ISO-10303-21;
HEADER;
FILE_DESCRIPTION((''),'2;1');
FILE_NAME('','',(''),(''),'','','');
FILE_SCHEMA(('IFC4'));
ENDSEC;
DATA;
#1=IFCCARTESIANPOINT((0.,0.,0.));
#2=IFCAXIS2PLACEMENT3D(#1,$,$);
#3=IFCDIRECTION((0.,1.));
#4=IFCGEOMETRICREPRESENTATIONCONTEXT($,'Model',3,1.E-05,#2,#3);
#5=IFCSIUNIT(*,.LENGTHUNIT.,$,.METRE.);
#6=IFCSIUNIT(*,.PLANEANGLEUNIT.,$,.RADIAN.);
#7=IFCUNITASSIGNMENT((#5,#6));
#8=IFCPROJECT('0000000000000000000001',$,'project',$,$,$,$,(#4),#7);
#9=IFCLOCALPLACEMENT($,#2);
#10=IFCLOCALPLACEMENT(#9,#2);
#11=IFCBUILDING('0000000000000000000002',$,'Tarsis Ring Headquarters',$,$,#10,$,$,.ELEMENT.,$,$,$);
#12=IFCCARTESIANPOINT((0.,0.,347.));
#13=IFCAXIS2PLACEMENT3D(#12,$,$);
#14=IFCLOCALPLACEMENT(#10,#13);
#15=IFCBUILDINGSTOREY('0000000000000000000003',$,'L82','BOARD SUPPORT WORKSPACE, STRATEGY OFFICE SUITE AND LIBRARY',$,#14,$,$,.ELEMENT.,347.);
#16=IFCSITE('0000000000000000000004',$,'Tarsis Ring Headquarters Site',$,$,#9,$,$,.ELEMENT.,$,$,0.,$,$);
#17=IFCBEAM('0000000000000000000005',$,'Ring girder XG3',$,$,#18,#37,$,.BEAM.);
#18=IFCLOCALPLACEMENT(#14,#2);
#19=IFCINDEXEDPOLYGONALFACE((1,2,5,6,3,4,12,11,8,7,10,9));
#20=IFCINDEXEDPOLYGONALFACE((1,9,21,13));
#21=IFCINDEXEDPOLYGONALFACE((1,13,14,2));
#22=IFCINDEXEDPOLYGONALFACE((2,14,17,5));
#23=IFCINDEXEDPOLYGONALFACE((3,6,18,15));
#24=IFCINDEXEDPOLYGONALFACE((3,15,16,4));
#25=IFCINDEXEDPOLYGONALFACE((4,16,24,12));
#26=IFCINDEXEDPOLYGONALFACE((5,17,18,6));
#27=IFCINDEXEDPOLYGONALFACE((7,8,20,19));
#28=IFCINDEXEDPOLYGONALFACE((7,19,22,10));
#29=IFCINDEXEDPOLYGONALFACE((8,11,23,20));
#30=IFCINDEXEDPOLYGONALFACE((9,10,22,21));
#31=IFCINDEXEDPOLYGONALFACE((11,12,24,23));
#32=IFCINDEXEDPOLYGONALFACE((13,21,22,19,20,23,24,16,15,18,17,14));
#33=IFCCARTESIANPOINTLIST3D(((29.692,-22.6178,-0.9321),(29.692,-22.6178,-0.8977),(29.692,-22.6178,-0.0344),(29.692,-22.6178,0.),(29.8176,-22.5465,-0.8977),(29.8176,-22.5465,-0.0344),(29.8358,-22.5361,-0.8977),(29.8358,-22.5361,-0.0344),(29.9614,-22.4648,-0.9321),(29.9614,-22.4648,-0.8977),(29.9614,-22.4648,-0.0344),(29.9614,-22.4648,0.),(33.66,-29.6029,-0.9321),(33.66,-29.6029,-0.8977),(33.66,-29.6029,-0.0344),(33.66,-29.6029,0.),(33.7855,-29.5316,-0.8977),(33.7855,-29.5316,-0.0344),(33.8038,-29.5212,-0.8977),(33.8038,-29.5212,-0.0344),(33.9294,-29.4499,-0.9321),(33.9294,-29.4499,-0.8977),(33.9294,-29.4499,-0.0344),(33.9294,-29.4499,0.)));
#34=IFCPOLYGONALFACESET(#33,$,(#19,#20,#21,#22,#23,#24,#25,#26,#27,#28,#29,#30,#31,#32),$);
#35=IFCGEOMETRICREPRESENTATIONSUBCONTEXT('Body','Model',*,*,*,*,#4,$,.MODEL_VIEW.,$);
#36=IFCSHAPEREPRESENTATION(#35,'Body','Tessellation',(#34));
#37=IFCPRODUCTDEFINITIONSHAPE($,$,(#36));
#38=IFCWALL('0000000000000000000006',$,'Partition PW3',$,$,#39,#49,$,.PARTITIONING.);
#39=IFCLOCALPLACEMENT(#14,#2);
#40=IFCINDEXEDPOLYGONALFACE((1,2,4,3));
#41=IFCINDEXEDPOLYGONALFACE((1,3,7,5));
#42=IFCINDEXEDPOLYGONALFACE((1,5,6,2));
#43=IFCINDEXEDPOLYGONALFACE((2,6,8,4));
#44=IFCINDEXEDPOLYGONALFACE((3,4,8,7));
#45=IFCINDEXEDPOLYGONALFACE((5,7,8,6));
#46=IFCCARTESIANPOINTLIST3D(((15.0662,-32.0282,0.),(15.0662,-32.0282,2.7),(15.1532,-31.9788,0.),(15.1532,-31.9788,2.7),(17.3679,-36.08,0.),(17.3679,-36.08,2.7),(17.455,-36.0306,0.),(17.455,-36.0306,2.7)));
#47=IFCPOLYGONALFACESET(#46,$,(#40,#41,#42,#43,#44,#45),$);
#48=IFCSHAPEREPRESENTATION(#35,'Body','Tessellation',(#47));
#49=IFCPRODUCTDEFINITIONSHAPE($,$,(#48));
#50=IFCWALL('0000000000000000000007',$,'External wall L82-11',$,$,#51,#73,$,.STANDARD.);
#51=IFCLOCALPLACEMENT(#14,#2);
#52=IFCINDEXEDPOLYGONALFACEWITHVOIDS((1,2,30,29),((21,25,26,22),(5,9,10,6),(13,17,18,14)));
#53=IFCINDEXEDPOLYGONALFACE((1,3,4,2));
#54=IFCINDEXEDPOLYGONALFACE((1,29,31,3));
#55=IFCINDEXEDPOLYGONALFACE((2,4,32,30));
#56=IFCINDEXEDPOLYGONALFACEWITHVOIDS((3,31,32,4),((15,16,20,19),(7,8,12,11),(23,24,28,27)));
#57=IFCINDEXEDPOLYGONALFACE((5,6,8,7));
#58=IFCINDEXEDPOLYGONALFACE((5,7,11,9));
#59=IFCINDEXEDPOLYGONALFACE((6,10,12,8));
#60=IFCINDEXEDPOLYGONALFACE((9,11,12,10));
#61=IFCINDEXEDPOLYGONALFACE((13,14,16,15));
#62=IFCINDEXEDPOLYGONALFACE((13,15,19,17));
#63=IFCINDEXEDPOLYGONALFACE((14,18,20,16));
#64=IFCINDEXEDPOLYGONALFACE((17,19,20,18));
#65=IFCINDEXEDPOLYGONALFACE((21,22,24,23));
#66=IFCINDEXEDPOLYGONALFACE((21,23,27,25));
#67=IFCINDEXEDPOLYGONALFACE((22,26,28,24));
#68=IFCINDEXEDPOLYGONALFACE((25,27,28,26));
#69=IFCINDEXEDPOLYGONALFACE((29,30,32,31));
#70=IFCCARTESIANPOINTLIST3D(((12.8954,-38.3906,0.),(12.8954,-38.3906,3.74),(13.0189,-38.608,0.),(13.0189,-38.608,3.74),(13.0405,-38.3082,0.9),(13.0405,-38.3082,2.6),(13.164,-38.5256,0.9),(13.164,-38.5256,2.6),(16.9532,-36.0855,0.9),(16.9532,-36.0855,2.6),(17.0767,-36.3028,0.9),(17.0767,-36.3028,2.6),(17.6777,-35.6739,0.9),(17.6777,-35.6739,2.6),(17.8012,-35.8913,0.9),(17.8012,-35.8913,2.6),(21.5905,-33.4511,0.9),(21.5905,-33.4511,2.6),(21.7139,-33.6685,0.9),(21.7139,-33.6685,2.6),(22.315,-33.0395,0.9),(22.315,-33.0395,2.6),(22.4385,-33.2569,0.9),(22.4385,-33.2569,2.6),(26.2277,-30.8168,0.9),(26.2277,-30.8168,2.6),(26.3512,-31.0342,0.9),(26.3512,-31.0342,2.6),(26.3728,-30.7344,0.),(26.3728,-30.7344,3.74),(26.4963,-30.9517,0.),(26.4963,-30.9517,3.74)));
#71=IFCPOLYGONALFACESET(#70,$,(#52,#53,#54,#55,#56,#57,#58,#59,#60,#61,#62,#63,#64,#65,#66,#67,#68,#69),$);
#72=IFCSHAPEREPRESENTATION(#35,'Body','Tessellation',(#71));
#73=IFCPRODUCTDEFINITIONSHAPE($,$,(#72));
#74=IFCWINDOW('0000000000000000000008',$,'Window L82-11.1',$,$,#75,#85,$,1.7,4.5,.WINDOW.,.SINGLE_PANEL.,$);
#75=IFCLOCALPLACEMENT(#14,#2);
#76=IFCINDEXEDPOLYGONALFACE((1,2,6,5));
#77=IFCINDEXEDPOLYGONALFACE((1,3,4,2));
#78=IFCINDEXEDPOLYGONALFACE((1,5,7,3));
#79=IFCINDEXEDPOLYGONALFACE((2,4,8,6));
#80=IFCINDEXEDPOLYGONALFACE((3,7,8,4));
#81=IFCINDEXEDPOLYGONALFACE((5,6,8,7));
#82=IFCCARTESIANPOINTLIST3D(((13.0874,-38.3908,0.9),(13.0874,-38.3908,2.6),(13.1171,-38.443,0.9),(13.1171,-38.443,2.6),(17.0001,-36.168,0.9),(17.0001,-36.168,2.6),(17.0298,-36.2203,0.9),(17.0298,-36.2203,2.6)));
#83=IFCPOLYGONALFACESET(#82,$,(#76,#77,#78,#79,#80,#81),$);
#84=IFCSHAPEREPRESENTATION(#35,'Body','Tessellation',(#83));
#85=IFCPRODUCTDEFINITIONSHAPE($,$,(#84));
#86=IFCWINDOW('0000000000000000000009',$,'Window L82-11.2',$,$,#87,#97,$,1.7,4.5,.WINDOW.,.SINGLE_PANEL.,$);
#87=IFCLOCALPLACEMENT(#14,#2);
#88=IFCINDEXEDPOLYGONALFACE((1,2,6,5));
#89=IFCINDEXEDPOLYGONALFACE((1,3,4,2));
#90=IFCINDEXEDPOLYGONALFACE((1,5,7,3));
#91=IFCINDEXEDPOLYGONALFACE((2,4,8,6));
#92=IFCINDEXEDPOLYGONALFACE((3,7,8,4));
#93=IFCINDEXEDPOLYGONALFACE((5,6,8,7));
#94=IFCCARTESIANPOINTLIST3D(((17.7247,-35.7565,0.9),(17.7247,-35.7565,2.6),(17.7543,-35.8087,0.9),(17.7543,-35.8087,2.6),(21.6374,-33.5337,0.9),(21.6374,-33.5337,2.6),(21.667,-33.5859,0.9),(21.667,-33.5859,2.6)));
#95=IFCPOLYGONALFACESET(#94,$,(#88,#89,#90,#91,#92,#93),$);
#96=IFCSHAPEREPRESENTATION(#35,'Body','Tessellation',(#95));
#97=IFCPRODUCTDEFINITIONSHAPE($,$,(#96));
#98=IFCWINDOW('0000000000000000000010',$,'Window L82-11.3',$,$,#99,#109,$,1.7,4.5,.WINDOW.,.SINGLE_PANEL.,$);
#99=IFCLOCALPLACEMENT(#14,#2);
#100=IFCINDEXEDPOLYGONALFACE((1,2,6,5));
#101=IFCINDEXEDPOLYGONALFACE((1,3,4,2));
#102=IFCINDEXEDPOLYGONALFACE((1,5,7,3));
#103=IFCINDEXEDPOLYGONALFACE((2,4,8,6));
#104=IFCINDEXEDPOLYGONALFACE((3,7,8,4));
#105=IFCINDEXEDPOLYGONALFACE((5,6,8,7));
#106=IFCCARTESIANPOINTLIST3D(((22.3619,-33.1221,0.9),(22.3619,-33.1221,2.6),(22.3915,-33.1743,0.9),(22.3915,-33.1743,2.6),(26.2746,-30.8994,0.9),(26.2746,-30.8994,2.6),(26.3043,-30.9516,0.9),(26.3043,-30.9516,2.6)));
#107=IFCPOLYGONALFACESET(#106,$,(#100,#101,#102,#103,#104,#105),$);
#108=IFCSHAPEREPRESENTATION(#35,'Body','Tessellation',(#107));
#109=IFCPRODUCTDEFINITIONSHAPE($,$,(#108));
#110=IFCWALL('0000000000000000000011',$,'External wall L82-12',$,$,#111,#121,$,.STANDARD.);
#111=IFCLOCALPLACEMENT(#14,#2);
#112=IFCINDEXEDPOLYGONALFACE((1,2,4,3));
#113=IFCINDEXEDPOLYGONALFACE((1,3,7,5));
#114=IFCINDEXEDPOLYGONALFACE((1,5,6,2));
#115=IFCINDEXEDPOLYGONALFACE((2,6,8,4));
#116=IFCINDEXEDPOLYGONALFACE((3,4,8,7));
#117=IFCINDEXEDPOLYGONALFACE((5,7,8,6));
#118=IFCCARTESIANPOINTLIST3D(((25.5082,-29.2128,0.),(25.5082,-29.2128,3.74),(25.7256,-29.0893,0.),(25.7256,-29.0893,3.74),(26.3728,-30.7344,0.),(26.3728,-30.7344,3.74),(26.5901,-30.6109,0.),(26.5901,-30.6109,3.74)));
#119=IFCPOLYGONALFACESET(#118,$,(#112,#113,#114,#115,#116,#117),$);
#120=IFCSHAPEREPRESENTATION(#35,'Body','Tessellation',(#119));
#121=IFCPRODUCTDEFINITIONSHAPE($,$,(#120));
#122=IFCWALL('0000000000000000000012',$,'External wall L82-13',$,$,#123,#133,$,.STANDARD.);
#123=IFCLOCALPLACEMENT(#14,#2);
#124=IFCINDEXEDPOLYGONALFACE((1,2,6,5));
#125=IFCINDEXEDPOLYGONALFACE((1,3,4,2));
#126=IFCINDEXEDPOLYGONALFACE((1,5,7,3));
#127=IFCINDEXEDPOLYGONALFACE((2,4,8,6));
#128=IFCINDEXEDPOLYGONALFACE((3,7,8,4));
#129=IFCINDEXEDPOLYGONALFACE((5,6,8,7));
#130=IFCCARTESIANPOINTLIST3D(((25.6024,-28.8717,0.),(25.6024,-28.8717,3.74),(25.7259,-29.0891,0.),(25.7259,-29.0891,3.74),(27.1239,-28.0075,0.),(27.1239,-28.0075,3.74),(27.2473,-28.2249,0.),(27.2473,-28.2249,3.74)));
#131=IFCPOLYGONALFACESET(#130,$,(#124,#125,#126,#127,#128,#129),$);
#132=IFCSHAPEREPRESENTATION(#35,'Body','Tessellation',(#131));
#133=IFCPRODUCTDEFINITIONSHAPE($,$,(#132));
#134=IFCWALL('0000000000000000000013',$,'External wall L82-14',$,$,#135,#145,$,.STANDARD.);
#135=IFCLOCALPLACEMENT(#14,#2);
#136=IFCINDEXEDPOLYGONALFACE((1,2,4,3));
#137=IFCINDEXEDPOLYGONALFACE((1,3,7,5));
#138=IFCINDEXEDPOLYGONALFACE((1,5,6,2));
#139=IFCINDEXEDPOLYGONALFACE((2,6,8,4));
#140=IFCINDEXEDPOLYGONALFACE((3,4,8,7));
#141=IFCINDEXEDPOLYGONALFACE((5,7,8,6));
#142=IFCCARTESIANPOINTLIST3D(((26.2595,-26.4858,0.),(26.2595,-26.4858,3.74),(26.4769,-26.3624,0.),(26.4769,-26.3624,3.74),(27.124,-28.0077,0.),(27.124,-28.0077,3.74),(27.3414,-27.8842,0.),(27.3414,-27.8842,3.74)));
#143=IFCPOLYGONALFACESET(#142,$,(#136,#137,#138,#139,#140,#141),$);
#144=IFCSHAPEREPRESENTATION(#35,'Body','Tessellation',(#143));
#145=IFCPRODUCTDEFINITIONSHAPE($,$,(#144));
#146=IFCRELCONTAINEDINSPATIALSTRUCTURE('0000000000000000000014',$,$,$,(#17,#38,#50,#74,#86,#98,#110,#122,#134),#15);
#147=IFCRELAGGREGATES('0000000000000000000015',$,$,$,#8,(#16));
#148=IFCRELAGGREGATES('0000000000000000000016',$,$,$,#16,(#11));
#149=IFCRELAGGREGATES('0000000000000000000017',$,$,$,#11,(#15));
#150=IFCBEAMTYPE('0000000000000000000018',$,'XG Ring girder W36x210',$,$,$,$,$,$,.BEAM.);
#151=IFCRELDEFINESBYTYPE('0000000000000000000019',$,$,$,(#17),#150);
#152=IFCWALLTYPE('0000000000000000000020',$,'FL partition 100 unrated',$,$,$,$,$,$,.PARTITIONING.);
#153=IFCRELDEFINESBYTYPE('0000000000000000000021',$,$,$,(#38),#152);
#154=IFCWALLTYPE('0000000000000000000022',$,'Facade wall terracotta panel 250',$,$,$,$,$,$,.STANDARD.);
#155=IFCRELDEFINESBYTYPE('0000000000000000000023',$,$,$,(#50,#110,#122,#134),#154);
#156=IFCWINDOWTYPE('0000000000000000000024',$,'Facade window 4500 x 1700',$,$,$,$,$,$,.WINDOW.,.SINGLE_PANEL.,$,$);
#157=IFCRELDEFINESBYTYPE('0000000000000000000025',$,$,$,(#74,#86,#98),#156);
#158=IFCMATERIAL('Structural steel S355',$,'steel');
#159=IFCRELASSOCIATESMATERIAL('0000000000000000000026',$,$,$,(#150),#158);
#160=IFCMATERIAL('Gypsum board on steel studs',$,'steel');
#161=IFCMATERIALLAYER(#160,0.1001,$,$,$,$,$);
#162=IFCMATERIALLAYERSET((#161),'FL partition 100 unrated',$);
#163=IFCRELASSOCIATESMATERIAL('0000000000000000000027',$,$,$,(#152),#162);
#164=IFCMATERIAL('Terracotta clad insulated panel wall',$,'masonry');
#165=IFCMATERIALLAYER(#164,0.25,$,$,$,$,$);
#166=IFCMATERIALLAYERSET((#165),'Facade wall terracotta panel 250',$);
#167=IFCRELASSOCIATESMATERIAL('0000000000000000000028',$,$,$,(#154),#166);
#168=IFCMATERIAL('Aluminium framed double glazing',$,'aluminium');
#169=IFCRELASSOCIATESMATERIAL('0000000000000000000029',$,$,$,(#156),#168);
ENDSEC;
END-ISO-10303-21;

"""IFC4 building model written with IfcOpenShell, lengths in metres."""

from ifc_helpers import new_model, si_unit, direction, frame, frame_2d, origin, origin_2d, place, context, subcontext, project, spatial, rectangle, i_section, extrude, material, layer, layer_set, material_profile, profile_set, type_object, element, fill, save


model = new_model("IFC4")

# Units and contexts
model_context = context("Model", 3, precision=1e-05, world=origin(), true_north=direction((0.0, 1.0)))
body_context = subcontext(model_context, "Body", "Model", "MODEL_VIEW")
ifc_project = project(units=[si_unit("LENGTHUNIT", "METRE"), si_unit("PLANEANGLEUNIT", "RADIAN")], contexts=[model_context])

# Site, building, storey
site_placement = place(None, origin())
site = spatial("IfcSite", under=ifc_project, at=site_placement, Name="Tarsis Ring Headquarters Site", CompositionType="ELEMENT", RefElevation=0.0)
building_placement = place(site_placement, origin())
building = spatial("IfcBuilding", under=site, at=building_placement, Name="Tarsis Ring Headquarters", CompositionType="ELEMENT")
storey_placement = place(building_placement, frame((0.0, 0.0, 347.0)))
storey = spatial("IfcBuildingStorey", under=building, at=storey_placement, Name="L82", Description="BOARD SUPPORT WORKSPACE, STRATEGY OFFICE SUITE AND LIBRARY", CompositionType="ELEMENT", Elevation=347.0)

# Shared definitions
ifc_material_1 = material(Name="Structural steel S355", Category="steel")

# Beam
ifc_material_profile_1 = material_profile(ifc_material_1, i_section(OverallWidth=0.3098, OverallDepth=0.9321, WebThickness=0.021, FlangeThickness=0.0344, at=origin_2d()), Name="W36x210")
ifc_profile_set_1 = profile_set([ifc_material_profile_1], Name="Structural steel S355")
beam_type = type_object("IfcBeamType", Name="XG Ring girder W36x210", PredefinedType="BEAM", material=ifc_profile_set_1)
beam_1_placement = place(storey_placement, frame((33.7947, -29.5264, -0.4661), z_axis=(-0.493935, 0.869499, 0.0), x_axis=(-0.869499, -0.493935, 0.0)))
element("IfcBeam", 1, at=beam_1_placement, inside=storey, type_object=beam_type, Name="Ring girder XG3", PredefinedType="BEAM", context=body_context, shape_type="SweptSolid", body=[
    extrude(i_section(OverallWidth=0.3098, OverallDepth=0.9321, WebThickness=0.021, FlangeThickness=0.0344, at=origin_2d()), origin(), (0.0, 0.0, 1.0), 8.0334),
])

# Wall
ifc_material_2 = material(Name="Gypsum board on steel studs", Category="steel")
ifc_layer_1 = layer(ifc_material_2, 0.1001)
ifc_layer_set_1 = layer_set([ifc_layer_1], Name="FL partition 100 unrated")
wall_type_1 = type_object("IfcWallType", Name="FL partition 100 unrated", PredefinedType="PARTITIONING", material=ifc_layer_set_1)
wall_1_placement = place(storey_placement, frame((15.1096, -32.0034, 0.0), z_axis=(0.0, 0.0, 1.0), x_axis=(0.493948, -0.869491, 0.0)))
element("IfcWall", 2, at=wall_1_placement, inside=storey, type_object=wall_type_1, Name="Partition PW3", PredefinedType="PARTITIONING", context=body_context, shape_type="SweptSolid", body=[
    extrude(rectangle(XDim=4.6599, YDim=0.1001, at=frame_2d((2.3301, 0.0))), origin(), (0.0, 0.0, 1.0), 2.7),
])

# Wall, openings, windows
ifc_material_3 = material(Name="Terracotta clad insulated panel wall", Category="masonry")
ifc_layer_2 = layer(ifc_material_3, 0.25)
ifc_layer_set_2 = layer_set([ifc_layer_2], Name="Facade wall terracotta panel 250")
wall_type_2 = type_object("IfcWallType", Name="Facade wall terracotta panel 250", PredefinedType="STANDARD", material=ifc_layer_set_2)
wall_2_placement = place(storey_placement, frame((12.9573, -38.4993, 0.0), z_axis=(0.0, 0.0, 1.0), x_axis=(0.869493, 0.493946, 0.0)))
wall_2 = element("IfcWall", 3, at=wall_2_placement, inside=storey, type_object=wall_type_2, Name="External wall L82-11", PredefinedType="STANDARD", context=body_context, shape_type="SweptSolid", body=[
    extrude(rectangle(XDim=15.5002, YDim=0.25, at=frame_2d((7.75, 0.0))), origin(), (0.0, 0.0, 1.0), 3.74),
])
opening_1_placement = place(wall_2_placement, frame((0.1667, 0.0, 0.8999)))
opening_1 = element("IfcOpeningElement", 4, at=opening_1_placement, cuts=wall_2, PredefinedType="OPENING", context=body_context, shape_type="SweptSolid", body=[
    extrude(rectangle(XDim=4.5, YDim=1.7, at=frame_2d((2.25, 0.8501))), frame((0.0, 0.135, 0.0), z_axis=(0.0, -1.0, 0.0), x_axis=(1.0, 0.0, 0.0)), (0.0, 0.0, 1.0), 0.27),
])
opening_2_placement = place(wall_2_placement, frame((5.5, 0.0, 0.8999)))
opening_2 = element("IfcOpeningElement", 5, at=opening_2_placement, cuts=wall_2, PredefinedType="OPENING", context=body_context, shape_type="SweptSolid", body=[
    extrude(rectangle(XDim=4.5, YDim=1.7, at=frame_2d((2.25, 0.8501))), frame((0.0, 0.135, 0.0), z_axis=(0.0, -1.0, 0.0), x_axis=(1.0, 0.0, 0.0)), (0.0, 0.0, 1.0), 0.27),
])
opening_3_placement = place(wall_2_placement, frame((10.8333, 0.0, 0.8999)))
opening_3 = element("IfcOpeningElement", 6, at=opening_3_placement, cuts=wall_2, PredefinedType="OPENING", context=body_context, shape_type="SweptSolid", body=[
    extrude(rectangle(XDim=4.5, YDim=1.7, at=frame_2d((2.25, 0.8501))), frame((0.0, 0.135, 0.0), z_axis=(0.0, -1.0, 0.0), x_axis=(1.0, 0.0, 0.0)), (0.0, 0.0, 1.0), 0.27),
])
ifc_material_4 = material(Name="Aluminium framed double glazing", Category="aluminium")
window_type = type_object("IfcWindowType", Name="Facade window 4500 x 1700", PartitioningType="SINGLE_PANEL", PredefinedType="WINDOW", material=ifc_material_4)
window_1_placement = place(opening_1_placement, origin())
window_1 = element("IfcWindow", 7, at=window_1_placement, inside=storey, type_object=window_type, Name="Window L82-11.1", OverallHeight=1.7, OverallWidth=4.5, PartitioningType="SINGLE_PANEL", PredefinedType="WINDOW", context=body_context, shape_type="SweptSolid", body=[
    extrude(rectangle(XDim=4.5, YDim=1.7, at=frame_2d((2.25, 0.8501))), frame((0.0, 0.03, 0.0), z_axis=(0.0, -1.0, 0.0), x_axis=(1.0, 0.0, 0.0)), (0.0, 0.0, 1.0), 0.0601),
])
fill(opening_1, window_1)
window_2_placement = place(opening_2_placement, origin())
window_2 = element("IfcWindow", 8, at=window_2_placement, inside=storey, type_object=window_type, Name="Window L82-11.2", OverallHeight=1.7, OverallWidth=4.5, PartitioningType="SINGLE_PANEL", PredefinedType="WINDOW", context=body_context, shape_type="SweptSolid", body=[
    extrude(rectangle(XDim=4.5, YDim=1.7, at=frame_2d((2.25, 0.8501))), frame((0.0, 0.03, 0.0), z_axis=(0.0, -1.0, 0.0), x_axis=(1.0, 0.0, 0.0)), (0.0, 0.0, 1.0), 0.0601),
])
fill(opening_2, window_2)
window_3_placement = place(opening_3_placement, origin())
window_3 = element("IfcWindow", 9, at=window_3_placement, inside=storey, type_object=window_type, Name="Window L82-11.3", OverallHeight=1.7, OverallWidth=4.5, PartitioningType="SINGLE_PANEL", PredefinedType="WINDOW", context=body_context, shape_type="SweptSolid", body=[
    extrude(rectangle(XDim=4.5, YDim=1.7, at=frame_2d((2.25, 0.8501))), frame((0.0, 0.03, 0.0), z_axis=(0.0, -1.0, 0.0), x_axis=(1.0, 0.0, 0.0)), (0.0, 0.0, 1.0), 0.0601),
])
fill(opening_3, window_3)

# Walls
wall_3_placement = place(storey_placement, frame((26.4814, -30.6726, 0.0), z_axis=(0.0, 0.0, 1.0), x_axis=(-0.494019, 0.869451, 0.0)))
element("IfcWall", 10, at=wall_3_placement, inside=storey, type_object=wall_type_2, Name="External wall L82-12", PredefinedType="STANDARD", context=body_context, shape_type="SweptSolid", body=[
    extrude(rectangle(XDim=1.75, YDim=0.25, at=frame_2d((0.875, 0.0))), origin(), (0.0, 0.0, 1.0), 3.74),
])
wall_4_placement = place(storey_placement, frame((25.6641, -28.9805, 0.0), z_axis=(0.0, 0.0, 1.0), x_axis=(0.869511, 0.493914, 0.0)))
element("IfcWall", 11, at=wall_4_placement, inside=storey, type_object=wall_type_2, Name="External wall L82-13", PredefinedType="STANDARD", context=body_context, shape_type="SweptSolid", body=[
    extrude(rectangle(XDim=1.7498, YDim=0.25, at=frame_2d((0.875, 0.0))), origin(), (0.0, 0.0, 1.0), 3.74),
])
wall_5_placement = place(storey_placement, frame((27.2327, -27.9458, 0.0), z_axis=(0.0, 0.0, 1.0), x_axis=(-0.493959, 0.869485, 0.0)))
element("IfcWall", 12, at=wall_5_placement, inside=storey, type_object=wall_type_2, Name="External wall L82-14", PredefinedType="STANDARD", context=body_context, shape_type="SweptSolid", body=[
    extrude(rectangle(XDim=1.7502, YDim=0.25, at=frame_2d((0.875, 0.0))), origin(), (0.0, 0.0, 1.0), 3.74),
])

save(model, "model.ifc")
